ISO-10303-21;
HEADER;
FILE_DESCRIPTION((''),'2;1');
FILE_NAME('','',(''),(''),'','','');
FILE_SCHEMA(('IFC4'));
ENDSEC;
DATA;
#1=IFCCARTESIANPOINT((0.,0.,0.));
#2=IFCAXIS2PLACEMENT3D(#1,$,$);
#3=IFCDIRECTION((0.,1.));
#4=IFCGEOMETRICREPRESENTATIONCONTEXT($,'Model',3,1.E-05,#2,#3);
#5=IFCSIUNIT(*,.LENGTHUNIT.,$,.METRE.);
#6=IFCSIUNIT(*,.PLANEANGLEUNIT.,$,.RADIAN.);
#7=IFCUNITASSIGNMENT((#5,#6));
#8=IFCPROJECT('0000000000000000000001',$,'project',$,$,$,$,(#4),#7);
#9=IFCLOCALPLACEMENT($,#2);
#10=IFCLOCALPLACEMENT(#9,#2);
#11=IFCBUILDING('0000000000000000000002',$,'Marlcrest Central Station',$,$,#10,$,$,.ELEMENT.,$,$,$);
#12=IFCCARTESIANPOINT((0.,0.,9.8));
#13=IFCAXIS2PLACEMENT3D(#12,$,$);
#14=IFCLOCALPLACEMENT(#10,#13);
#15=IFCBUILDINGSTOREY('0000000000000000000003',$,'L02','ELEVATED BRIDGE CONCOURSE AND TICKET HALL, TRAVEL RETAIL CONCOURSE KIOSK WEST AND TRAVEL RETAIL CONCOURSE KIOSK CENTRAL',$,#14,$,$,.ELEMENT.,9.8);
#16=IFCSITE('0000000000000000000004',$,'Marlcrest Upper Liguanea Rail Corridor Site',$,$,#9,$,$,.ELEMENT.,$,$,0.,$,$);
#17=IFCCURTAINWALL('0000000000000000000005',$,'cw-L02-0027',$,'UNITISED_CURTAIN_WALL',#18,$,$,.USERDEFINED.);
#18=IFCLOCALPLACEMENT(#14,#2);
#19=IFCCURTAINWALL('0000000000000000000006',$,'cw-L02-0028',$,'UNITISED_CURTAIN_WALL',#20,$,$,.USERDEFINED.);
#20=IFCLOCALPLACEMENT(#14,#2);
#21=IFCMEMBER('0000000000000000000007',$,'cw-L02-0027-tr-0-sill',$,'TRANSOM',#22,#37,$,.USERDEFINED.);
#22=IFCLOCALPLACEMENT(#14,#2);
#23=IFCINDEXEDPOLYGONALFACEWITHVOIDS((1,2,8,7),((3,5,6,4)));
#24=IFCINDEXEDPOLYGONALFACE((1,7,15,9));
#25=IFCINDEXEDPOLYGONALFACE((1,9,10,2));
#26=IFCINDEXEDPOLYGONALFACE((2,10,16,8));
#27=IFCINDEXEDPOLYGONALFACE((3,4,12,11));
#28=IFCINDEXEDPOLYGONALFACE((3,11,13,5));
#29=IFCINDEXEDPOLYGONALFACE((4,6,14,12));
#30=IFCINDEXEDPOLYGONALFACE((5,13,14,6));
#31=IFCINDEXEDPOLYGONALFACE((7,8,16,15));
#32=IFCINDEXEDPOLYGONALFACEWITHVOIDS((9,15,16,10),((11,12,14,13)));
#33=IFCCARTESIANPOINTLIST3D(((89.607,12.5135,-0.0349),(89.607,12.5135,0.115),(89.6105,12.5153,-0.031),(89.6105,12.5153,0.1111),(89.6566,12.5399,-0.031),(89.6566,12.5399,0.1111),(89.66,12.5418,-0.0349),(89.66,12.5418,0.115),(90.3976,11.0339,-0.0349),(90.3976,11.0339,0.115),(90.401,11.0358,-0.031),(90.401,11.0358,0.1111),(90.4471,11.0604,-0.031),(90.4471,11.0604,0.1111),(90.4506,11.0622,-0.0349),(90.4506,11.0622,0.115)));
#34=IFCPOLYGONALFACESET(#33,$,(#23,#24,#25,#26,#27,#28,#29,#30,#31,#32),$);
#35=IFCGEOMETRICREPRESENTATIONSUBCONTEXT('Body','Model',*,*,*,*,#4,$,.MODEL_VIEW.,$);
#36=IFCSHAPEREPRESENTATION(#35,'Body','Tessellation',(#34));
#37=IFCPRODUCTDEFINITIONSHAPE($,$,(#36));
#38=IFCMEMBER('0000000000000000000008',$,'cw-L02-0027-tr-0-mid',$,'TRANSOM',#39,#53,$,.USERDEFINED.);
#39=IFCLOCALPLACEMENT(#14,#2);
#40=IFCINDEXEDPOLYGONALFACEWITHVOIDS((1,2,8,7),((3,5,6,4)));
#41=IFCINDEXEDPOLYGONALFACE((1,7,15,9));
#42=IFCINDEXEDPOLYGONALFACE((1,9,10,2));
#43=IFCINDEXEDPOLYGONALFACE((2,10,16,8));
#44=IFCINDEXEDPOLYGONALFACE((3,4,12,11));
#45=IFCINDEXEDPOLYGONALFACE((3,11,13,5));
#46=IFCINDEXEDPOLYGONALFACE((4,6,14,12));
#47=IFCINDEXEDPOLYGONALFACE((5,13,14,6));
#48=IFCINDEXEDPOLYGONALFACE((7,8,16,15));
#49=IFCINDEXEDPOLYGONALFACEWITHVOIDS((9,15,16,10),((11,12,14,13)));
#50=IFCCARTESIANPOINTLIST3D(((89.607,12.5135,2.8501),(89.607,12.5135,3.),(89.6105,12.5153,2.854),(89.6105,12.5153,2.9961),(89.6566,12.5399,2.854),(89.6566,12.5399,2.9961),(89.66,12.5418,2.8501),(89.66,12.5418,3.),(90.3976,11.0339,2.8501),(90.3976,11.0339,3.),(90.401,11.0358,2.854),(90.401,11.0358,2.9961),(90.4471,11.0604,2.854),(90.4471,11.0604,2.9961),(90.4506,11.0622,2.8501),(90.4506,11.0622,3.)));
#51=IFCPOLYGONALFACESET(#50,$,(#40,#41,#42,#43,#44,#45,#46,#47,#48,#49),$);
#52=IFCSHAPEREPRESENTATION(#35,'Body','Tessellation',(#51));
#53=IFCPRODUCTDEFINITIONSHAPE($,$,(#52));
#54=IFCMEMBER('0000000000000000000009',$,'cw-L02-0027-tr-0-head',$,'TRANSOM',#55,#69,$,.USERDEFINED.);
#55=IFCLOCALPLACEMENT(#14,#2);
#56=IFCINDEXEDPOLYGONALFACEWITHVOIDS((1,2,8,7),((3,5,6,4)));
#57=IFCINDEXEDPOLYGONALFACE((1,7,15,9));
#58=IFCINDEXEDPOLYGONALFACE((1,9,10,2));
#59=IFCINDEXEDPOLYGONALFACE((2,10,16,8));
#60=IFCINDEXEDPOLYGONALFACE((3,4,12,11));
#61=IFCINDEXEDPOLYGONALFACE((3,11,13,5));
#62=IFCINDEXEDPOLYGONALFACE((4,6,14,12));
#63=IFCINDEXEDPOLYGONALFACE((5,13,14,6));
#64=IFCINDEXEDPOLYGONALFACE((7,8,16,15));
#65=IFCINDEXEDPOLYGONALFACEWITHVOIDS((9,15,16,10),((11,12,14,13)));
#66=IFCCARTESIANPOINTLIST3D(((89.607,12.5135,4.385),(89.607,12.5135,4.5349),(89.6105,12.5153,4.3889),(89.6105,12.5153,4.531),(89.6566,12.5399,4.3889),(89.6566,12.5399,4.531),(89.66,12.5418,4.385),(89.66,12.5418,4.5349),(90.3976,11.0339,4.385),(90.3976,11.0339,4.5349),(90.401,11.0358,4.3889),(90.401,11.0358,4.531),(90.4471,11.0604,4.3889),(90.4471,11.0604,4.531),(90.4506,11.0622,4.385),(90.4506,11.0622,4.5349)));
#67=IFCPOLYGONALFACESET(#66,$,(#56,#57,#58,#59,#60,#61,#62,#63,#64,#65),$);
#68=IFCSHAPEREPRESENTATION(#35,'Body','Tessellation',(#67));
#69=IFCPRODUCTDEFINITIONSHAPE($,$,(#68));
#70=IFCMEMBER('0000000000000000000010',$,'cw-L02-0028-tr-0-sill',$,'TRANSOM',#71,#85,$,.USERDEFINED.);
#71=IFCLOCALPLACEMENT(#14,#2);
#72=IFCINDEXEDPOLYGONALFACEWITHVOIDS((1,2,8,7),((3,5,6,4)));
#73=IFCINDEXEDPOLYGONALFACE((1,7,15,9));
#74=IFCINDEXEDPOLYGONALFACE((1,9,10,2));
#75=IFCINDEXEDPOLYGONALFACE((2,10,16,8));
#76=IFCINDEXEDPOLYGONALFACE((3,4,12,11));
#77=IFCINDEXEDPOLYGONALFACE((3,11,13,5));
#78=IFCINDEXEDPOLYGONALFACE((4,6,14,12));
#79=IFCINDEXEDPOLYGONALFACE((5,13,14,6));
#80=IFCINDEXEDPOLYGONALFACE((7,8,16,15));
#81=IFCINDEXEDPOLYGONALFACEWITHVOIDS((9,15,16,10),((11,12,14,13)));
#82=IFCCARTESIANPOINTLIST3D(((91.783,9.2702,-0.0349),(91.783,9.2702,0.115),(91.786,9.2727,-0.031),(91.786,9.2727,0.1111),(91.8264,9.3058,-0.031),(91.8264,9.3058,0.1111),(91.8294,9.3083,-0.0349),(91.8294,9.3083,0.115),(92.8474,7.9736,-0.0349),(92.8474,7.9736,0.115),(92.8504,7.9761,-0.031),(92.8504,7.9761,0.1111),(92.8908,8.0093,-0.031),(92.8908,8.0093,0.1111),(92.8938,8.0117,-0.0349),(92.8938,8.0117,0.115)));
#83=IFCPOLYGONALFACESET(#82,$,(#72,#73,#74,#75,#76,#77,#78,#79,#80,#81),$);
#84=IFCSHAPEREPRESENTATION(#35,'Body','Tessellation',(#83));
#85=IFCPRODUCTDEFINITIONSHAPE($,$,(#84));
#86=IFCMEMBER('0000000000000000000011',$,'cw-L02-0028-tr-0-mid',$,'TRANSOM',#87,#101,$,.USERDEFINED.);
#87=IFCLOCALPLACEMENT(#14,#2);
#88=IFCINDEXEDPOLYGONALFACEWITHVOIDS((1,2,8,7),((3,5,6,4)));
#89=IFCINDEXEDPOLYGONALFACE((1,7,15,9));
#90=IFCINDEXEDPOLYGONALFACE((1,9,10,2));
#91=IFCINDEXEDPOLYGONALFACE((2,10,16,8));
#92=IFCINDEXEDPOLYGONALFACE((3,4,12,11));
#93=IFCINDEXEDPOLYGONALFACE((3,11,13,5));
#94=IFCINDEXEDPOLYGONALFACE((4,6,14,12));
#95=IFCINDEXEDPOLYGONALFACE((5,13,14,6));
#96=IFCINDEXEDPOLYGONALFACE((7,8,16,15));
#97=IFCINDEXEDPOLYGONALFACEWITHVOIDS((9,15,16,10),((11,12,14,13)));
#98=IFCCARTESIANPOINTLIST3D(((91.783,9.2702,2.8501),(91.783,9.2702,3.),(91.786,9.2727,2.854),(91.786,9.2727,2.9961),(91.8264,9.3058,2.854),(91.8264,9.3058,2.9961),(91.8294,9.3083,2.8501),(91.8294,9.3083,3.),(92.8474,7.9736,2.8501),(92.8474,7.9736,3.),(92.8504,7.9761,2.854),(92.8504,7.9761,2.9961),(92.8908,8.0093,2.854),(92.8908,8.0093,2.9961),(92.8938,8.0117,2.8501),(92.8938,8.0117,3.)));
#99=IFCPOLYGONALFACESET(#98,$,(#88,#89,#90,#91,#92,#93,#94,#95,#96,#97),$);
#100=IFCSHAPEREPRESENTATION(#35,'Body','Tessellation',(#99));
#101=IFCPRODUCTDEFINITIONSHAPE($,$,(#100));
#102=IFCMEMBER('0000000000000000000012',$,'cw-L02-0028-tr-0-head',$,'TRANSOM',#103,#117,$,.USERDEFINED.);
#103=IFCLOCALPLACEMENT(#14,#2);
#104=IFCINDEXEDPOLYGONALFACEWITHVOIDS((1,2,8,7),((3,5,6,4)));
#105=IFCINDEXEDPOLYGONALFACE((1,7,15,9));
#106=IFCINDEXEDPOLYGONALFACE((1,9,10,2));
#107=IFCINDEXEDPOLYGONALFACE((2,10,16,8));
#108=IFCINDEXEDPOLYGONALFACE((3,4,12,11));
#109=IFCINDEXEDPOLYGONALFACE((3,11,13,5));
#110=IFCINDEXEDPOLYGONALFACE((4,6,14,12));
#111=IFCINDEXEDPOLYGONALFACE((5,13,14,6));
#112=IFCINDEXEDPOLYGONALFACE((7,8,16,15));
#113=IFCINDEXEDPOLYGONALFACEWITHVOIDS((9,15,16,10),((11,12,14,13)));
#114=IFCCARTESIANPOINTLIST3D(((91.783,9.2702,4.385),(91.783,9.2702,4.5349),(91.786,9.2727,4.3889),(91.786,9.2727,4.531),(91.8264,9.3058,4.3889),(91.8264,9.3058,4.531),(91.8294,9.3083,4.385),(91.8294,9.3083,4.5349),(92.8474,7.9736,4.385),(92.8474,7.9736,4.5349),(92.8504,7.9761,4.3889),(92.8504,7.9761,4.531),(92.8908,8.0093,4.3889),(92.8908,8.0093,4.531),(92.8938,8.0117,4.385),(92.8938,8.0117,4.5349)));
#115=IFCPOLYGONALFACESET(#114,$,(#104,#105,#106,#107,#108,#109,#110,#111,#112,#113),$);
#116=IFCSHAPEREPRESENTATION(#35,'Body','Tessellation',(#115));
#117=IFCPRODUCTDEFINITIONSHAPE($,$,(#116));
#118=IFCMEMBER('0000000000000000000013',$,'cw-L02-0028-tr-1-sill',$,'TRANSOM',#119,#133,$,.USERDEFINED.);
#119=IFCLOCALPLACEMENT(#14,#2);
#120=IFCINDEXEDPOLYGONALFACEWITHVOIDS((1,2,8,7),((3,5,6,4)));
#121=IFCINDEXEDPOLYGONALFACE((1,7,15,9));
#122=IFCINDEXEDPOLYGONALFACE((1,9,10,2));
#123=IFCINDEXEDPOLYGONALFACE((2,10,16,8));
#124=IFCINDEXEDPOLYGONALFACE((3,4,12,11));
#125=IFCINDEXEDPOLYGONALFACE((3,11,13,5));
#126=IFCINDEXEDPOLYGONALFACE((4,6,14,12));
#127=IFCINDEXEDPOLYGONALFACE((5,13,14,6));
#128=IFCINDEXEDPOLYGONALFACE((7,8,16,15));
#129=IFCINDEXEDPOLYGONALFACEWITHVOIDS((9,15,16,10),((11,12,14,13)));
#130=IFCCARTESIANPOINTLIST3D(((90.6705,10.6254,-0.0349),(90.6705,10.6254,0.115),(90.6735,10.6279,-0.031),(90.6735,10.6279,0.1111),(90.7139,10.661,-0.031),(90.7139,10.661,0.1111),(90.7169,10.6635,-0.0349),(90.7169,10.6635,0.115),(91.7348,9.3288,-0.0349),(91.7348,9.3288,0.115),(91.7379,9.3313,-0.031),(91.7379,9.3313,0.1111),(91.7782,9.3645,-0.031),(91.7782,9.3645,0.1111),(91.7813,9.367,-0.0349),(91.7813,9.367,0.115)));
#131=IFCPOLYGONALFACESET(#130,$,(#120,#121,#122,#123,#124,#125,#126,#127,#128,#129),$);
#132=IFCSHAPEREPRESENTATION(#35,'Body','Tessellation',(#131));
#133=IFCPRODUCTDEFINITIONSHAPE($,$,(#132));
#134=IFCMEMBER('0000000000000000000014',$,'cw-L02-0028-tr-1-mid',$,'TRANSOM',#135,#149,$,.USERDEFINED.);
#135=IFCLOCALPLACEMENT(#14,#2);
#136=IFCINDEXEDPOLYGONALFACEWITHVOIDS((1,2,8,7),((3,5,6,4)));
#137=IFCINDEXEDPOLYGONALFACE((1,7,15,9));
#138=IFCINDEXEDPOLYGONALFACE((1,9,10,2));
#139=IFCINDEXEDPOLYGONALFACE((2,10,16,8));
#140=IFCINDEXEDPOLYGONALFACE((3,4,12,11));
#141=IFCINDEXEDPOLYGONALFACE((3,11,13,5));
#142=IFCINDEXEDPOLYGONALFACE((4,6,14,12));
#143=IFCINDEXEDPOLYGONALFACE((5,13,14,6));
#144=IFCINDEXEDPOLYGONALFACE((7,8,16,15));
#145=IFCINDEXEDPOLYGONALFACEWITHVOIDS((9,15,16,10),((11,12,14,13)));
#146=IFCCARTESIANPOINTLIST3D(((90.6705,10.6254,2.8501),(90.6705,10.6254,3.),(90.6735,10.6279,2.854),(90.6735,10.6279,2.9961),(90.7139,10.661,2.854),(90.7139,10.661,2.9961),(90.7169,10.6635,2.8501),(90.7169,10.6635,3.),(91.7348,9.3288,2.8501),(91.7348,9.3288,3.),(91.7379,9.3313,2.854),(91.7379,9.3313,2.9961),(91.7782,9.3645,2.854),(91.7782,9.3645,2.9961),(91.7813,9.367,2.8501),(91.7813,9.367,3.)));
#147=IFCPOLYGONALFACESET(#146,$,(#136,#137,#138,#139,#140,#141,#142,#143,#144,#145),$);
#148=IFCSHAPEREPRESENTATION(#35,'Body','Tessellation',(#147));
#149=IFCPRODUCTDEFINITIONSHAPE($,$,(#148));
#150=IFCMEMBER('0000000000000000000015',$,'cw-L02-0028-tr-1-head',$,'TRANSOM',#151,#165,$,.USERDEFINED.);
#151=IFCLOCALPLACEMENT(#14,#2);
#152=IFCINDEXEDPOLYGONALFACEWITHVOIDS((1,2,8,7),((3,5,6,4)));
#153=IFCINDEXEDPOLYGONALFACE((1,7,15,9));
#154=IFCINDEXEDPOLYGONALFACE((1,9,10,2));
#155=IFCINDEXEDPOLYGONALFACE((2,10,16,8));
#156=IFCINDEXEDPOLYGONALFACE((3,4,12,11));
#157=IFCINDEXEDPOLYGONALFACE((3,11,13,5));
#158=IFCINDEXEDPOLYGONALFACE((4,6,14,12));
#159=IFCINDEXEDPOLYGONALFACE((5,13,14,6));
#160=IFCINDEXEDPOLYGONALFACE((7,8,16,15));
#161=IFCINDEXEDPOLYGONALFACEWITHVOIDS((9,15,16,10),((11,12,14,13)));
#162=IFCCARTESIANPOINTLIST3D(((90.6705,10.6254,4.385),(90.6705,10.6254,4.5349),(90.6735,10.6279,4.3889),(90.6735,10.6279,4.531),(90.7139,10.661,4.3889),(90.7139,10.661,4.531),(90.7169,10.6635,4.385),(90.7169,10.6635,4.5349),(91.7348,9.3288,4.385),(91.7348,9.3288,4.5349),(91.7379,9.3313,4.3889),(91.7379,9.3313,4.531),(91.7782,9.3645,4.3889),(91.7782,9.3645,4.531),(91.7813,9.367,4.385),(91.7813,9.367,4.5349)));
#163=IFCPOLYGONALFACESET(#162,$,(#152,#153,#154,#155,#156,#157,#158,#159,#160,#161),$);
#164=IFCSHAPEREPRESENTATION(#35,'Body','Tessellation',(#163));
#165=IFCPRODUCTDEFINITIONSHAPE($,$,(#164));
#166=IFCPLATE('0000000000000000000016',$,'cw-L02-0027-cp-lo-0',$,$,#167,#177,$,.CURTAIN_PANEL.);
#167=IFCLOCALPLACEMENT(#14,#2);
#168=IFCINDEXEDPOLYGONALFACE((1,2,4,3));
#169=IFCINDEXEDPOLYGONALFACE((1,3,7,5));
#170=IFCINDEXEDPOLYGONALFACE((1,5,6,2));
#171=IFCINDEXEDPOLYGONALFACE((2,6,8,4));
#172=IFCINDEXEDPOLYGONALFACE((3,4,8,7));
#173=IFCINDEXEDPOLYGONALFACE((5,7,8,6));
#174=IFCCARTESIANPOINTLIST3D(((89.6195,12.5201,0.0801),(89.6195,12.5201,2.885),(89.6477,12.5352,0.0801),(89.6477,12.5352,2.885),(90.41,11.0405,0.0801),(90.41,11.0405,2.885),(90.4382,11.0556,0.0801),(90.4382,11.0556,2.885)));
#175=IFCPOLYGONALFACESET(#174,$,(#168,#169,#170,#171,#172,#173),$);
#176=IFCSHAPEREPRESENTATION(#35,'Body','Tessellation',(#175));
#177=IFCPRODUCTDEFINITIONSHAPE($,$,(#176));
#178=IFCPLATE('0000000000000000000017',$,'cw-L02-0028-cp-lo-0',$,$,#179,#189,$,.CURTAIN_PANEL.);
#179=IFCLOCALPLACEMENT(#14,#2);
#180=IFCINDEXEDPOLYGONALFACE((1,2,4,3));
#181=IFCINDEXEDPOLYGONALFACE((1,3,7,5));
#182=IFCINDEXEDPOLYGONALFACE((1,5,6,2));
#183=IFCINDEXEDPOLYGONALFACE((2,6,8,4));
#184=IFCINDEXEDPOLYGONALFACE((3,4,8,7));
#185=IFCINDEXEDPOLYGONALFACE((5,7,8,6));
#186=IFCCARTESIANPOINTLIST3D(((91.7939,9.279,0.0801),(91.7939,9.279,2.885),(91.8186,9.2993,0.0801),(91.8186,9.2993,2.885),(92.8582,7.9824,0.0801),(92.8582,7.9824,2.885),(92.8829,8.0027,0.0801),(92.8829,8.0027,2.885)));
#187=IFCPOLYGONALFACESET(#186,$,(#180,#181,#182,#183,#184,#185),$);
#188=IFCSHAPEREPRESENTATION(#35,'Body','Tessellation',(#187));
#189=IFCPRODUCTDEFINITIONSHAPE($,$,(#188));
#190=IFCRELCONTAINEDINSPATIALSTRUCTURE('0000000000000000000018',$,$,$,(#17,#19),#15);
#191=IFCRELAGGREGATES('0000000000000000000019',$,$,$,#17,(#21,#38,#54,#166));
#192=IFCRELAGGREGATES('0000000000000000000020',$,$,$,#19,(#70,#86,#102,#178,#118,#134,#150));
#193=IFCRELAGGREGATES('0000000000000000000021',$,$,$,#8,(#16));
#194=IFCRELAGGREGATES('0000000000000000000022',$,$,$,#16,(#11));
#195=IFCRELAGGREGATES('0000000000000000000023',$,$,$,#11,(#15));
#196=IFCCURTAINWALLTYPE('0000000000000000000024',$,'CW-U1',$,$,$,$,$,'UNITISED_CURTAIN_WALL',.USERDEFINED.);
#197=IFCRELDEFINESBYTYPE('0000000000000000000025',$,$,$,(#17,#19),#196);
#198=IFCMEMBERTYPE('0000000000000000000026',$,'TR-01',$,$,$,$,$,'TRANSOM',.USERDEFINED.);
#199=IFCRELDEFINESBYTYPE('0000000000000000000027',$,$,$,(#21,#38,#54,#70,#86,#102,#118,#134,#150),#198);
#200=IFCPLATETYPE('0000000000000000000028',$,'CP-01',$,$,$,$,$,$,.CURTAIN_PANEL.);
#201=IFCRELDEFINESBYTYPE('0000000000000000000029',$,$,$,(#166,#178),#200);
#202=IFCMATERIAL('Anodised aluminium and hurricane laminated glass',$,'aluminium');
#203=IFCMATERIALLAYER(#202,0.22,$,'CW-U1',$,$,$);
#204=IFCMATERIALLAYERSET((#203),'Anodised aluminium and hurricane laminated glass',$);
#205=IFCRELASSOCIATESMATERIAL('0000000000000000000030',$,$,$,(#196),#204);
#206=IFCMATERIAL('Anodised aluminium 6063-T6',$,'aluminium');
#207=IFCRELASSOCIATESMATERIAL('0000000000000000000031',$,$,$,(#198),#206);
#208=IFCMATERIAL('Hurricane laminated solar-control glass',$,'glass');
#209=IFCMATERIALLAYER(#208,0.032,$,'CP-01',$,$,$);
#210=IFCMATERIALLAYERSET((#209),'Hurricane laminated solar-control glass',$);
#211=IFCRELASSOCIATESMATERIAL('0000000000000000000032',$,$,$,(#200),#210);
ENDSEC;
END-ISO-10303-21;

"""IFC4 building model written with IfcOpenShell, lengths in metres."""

from ifc_helpers import new_model, si_unit, direction, frame, origin, origin_2d, place, context, subcontext, project, spatial, rectangle, hollow_rectangle, extrude, material, layer, layer_set, material_profile, profile_set, type_object, element, aggregate, save


model = new_model("IFC4")

# Units and contexts
model_context = context("Model", 3, precision=1e-05, world=origin(), true_north=direction((0.0, 1.0)))
body_context = subcontext(model_context, "Body", "Model", "MODEL_VIEW")
ifc_project = project(units=[si_unit("LENGTHUNIT", "METRE"), si_unit("PLANEANGLEUNIT", "RADIAN")], contexts=[model_context])

# Site, building, storey
site_placement = place(None, origin())
site = spatial("IfcSite", under=ifc_project, at=site_placement, Name="Marlcrest Upper Liguanea Rail Corridor Site", CompositionType="ELEMENT", RefElevation=0.0)
building_placement = place(site_placement, origin())
building = spatial("IfcBuilding", under=site, at=building_placement, Name="Marlcrest Central Station", CompositionType="ELEMENT")
storey_placement = place(building_placement, frame((0.0, 0.0, 9.8)))
storey = spatial("IfcBuildingStorey", under=building, at=storey_placement, Name="L02", Description="ELEVATED BRIDGE CONCOURSE AND TICKET HALL, TRAVEL RETAIL CONCOURSE KIOSK WEST AND TRAVEL RETAIL CONCOURSE KIOSK CENTRAL", CompositionType="ELEMENT", Elevation=9.8)

# Curtain walls
ifc_material_1 = material(Name="Anodised aluminium and hurricane laminated glass", Category="aluminium")
ifc_layer_1 = layer(ifc_material_1, 0.22, Name="CW-U1")
ifc_layer_set_1 = layer_set([ifc_layer_1], Name="Anodised aluminium and hurricane laminated glass")
curtain_wall_type = type_object("IfcCurtainWallType", Name="CW-U1", ElementType="UNITISED_CURTAIN_WALL", PredefinedType="USERDEFINED", material=ifc_layer_set_1)
curtain_wall_1_placement = place(storey_placement, origin())
curtain_wall_1 = element("IfcCurtainWall", 1, at=curtain_wall_1_placement, inside=storey, type_object=curtain_wall_type, Name="cw-L02-0027", ObjectType="UNITISED_CURTAIN_WALL", PredefinedType="USERDEFINED")
ifc_material_2 = material(Name="Anodised aluminium 6063-T6", Category="aluminium")
curtain_wall_2_placement = place(storey_placement, origin())
curtain_wall_2 = element("IfcCurtainWall", 2, at=curtain_wall_2_placement, inside=storey, type_object=curtain_wall_type, Name="cw-L02-0028", ObjectType="UNITISED_CURTAIN_WALL", PredefinedType="USERDEFINED")

# Members
ifc_material_profile_1 = material_profile(ifc_material_2, hollow_rectangle(XDim=0.0601, YDim=0.1499, WallThickness=0.0039, at=origin_2d()), Name="AA-RHS 150x60x4")
ifc_profile_set_1 = profile_set([ifc_material_profile_1], Name="Anodised aluminium 6063-T6")
member_type_1 = type_object("IfcMemberType", Name="TR-01", ElementType="TRANSOM", PredefinedType="USERDEFINED", material=ifc_profile_set_1)
member_1_placement = place(storey_placement, frame((90.4241, 11.0481, 0.04), z_axis=(-0.471268, 0.88199, 0.0), x_axis=(-0.88199, -0.471268, 0.0)))
member_1 = element("IfcMember", 3, at=member_1_placement, type_object=member_type_1, Name="cw-L02-0027-tr-0-sill", ObjectType="TRANSOM", PredefinedType="USERDEFINED", context=body_context, shape_type="SweptSolid", body=[
    extrude(hollow_rectangle(XDim=0.0601, YDim=0.1499, WallThickness=0.0039, at=origin_2d()), origin(), (0.0, 0.0, 1.0), 1.6775),
])
member_2_placement = place(storey_placement, frame((90.4241, 11.0481, 2.925), z_axis=(-0.471268, 0.88199, 0.0), x_axis=(-0.88199, -0.471268, 0.0)))
member_2 = element("IfcMember", 4, at=member_2_placement, type_object=member_type_1, Name="cw-L02-0027-tr-0-mid", ObjectType="TRANSOM", PredefinedType="USERDEFINED", context=body_context, shape_type="SweptSolid", body=[
    extrude(hollow_rectangle(XDim=0.0601, YDim=0.1499, WallThickness=0.0039, at=origin_2d()), origin(), (0.0, 0.0, 1.0), 1.6775),
])
member_3_placement = place(storey_placement, frame((90.4241, 11.0481, 4.46), z_axis=(-0.471268, 0.88199, 0.0), x_axis=(-0.88199, -0.471268, 0.0)))
member_3 = element("IfcMember", 5, at=member_3_placement, type_object=member_type_1, Name="cw-L02-0027-tr-0-head", ObjectType="TRANSOM", PredefinedType="USERDEFINED", context=body_context, shape_type="SweptSolid", body=[
    extrude(hollow_rectangle(XDim=0.0601, YDim=0.1499, WallThickness=0.0039, at=origin_2d()), origin(), (0.0, 0.0, 1.0), 1.6775),
])
member_4_placement = place(storey_placement, frame((92.8706, 7.9927, 0.04), z_axis=(-0.634513, 0.772912, 0.0), x_axis=(-0.772912, -0.634513, 0.0)))
member_4 = element("IfcMember", 6, at=member_4_placement, type_object=member_type_1, Name="cw-L02-0028-tr-0-sill", ObjectType="TRANSOM", PredefinedType="USERDEFINED", context=body_context, shape_type="SweptSolid", body=[
    extrude(hollow_rectangle(XDim=0.0601, YDim=0.1499, WallThickness=0.0039, at=origin_2d()), origin(), (0.0, 0.0, 1.0), 1.6775),
])
member_5_placement = place(storey_placement, frame((92.8706, 7.9927, 2.925), z_axis=(-0.634513, 0.772912, 0.0), x_axis=(-0.772912, -0.634513, 0.0)))
member_5 = element("IfcMember", 7, at=member_5_placement, type_object=member_type_1, Name="cw-L02-0028-tr-0-mid", ObjectType="TRANSOM", PredefinedType="USERDEFINED", context=body_context, shape_type="SweptSolid", body=[
    extrude(hollow_rectangle(XDim=0.0601, YDim=0.1499, WallThickness=0.0039, at=origin_2d()), origin(), (0.0, 0.0, 1.0), 1.6775),
])
member_6_placement = place(storey_placement, frame((92.8706, 7.9927, 4.46), z_axis=(-0.634513, 0.772912, 0.0), x_axis=(-0.772912, -0.634513, 0.0)))
member_6 = element("IfcMember", 8, at=member_6_placement, type_object=member_type_1, Name="cw-L02-0028-tr-0-head", ObjectType="TRANSOM", PredefinedType="USERDEFINED", context=body_context, shape_type="SweptSolid", body=[
    extrude(hollow_rectangle(XDim=0.0601, YDim=0.1499, WallThickness=0.0039, at=origin_2d()), origin(), (0.0, 0.0, 1.0), 1.6775),
])
member_7_placement = place(storey_placement, frame((91.7581, 9.3479, 0.04), z_axis=(-0.634513, 0.772912, 0.0), x_axis=(-0.772912, -0.634513, 0.0)))
member_7 = element("IfcMember", 9, at=member_7_placement, type_object=member_type_1, Name="cw-L02-0028-tr-1-sill", ObjectType="TRANSOM", PredefinedType="USERDEFINED", context=body_context, shape_type="SweptSolid", body=[
    extrude(hollow_rectangle(XDim=0.0601, YDim=0.1499, WallThickness=0.0039, at=origin_2d()), origin(), (0.0, 0.0, 1.0), 1.6775),
])
member_8_placement = place(storey_placement, frame((91.7581, 9.3479, 2.925), z_axis=(-0.634513, 0.772912, 0.0), x_axis=(-0.772912, -0.634513, 0.0)))
member_8 = element("IfcMember", 10, at=member_8_placement, type_object=member_type_1, Name="cw-L02-0028-tr-1-mid", ObjectType="TRANSOM", PredefinedType="USERDEFINED", context=body_context, shape_type="SweptSolid", body=[
    extrude(hollow_rectangle(XDim=0.0601, YDim=0.1499, WallThickness=0.0039, at=origin_2d()), origin(), (0.0, 0.0, 1.0), 1.6775),
])
member_9_placement = place(storey_placement, frame((91.7581, 9.3479, 4.46), z_axis=(-0.634513, 0.772912, 0.0), x_axis=(-0.772912, -0.634513, 0.0)))
member_9 = element("IfcMember", 11, at=member_9_placement, type_object=member_type_1, Name="cw-L02-0028-tr-1-head", ObjectType="TRANSOM", PredefinedType="USERDEFINED", context=body_context, shape_type="SweptSolid", body=[
    extrude(hollow_rectangle(XDim=0.0601, YDim=0.1499, WallThickness=0.0039, at=origin_2d()), origin(), (0.0, 0.0, 1.0), 1.6775),
])

# Plates
ifc_material_3 = material(Name="Hurricane laminated solar-control glass", Category="glass")
ifc_layer_2 = layer(ifc_material_3, 0.032, Name="CP-01")
ifc_layer_set_2 = layer_set([ifc_layer_2], Name="Hurricane laminated solar-control glass")
plate_type_1 = type_object("IfcPlateType", Name="CP-01", PredefinedType="CURTAIN_PANEL", material=ifc_layer_set_2)
plate_1_placement = place(storey_placement, frame((90.0288, 11.7878, 0.0801), z_axis=(0.0, 0.0, 1.0), x_axis=(-0.471243, 0.882004, 0.0)))
plate_1 = element("IfcPlate", 12, at=plate_1_placement, type_object=plate_type_1, Name="cw-L02-0027-cp-lo-0", PredefinedType="CURTAIN_PANEL", context=body_context, shape_type="SweptSolid", body=[
    extrude(rectangle(XDim=1.6775, YDim=0.032, at=origin_2d()), origin(), (0.0, 0.0, 1.0), 2.8049),
])
plate_2_placement = place(storey_placement, frame((92.3384, 8.6409, 0.0801), z_axis=(0.0, 0.0, 1.0), x_axis=(-0.634474, 0.772944, 0.0)))
plate_2 = element("IfcPlate", 13, at=plate_2_placement, type_object=plate_type_1, Name="cw-L02-0028-cp-lo-0", PredefinedType="CURTAIN_PANEL", context=body_context, shape_type="SweptSolid", body=[
    extrude(rectangle(XDim=1.6775, YDim=0.032, at=origin_2d()), origin(), (0.0, 0.0, 1.0), 2.8049),
])
aggregate(curtain_wall_1, [member_1, member_2, member_3, plate_1])
aggregate(curtain_wall_2, [member_4, member_5, member_6, plate_2, member_7, member_8, member_9])

save(model, "model.ifc")
